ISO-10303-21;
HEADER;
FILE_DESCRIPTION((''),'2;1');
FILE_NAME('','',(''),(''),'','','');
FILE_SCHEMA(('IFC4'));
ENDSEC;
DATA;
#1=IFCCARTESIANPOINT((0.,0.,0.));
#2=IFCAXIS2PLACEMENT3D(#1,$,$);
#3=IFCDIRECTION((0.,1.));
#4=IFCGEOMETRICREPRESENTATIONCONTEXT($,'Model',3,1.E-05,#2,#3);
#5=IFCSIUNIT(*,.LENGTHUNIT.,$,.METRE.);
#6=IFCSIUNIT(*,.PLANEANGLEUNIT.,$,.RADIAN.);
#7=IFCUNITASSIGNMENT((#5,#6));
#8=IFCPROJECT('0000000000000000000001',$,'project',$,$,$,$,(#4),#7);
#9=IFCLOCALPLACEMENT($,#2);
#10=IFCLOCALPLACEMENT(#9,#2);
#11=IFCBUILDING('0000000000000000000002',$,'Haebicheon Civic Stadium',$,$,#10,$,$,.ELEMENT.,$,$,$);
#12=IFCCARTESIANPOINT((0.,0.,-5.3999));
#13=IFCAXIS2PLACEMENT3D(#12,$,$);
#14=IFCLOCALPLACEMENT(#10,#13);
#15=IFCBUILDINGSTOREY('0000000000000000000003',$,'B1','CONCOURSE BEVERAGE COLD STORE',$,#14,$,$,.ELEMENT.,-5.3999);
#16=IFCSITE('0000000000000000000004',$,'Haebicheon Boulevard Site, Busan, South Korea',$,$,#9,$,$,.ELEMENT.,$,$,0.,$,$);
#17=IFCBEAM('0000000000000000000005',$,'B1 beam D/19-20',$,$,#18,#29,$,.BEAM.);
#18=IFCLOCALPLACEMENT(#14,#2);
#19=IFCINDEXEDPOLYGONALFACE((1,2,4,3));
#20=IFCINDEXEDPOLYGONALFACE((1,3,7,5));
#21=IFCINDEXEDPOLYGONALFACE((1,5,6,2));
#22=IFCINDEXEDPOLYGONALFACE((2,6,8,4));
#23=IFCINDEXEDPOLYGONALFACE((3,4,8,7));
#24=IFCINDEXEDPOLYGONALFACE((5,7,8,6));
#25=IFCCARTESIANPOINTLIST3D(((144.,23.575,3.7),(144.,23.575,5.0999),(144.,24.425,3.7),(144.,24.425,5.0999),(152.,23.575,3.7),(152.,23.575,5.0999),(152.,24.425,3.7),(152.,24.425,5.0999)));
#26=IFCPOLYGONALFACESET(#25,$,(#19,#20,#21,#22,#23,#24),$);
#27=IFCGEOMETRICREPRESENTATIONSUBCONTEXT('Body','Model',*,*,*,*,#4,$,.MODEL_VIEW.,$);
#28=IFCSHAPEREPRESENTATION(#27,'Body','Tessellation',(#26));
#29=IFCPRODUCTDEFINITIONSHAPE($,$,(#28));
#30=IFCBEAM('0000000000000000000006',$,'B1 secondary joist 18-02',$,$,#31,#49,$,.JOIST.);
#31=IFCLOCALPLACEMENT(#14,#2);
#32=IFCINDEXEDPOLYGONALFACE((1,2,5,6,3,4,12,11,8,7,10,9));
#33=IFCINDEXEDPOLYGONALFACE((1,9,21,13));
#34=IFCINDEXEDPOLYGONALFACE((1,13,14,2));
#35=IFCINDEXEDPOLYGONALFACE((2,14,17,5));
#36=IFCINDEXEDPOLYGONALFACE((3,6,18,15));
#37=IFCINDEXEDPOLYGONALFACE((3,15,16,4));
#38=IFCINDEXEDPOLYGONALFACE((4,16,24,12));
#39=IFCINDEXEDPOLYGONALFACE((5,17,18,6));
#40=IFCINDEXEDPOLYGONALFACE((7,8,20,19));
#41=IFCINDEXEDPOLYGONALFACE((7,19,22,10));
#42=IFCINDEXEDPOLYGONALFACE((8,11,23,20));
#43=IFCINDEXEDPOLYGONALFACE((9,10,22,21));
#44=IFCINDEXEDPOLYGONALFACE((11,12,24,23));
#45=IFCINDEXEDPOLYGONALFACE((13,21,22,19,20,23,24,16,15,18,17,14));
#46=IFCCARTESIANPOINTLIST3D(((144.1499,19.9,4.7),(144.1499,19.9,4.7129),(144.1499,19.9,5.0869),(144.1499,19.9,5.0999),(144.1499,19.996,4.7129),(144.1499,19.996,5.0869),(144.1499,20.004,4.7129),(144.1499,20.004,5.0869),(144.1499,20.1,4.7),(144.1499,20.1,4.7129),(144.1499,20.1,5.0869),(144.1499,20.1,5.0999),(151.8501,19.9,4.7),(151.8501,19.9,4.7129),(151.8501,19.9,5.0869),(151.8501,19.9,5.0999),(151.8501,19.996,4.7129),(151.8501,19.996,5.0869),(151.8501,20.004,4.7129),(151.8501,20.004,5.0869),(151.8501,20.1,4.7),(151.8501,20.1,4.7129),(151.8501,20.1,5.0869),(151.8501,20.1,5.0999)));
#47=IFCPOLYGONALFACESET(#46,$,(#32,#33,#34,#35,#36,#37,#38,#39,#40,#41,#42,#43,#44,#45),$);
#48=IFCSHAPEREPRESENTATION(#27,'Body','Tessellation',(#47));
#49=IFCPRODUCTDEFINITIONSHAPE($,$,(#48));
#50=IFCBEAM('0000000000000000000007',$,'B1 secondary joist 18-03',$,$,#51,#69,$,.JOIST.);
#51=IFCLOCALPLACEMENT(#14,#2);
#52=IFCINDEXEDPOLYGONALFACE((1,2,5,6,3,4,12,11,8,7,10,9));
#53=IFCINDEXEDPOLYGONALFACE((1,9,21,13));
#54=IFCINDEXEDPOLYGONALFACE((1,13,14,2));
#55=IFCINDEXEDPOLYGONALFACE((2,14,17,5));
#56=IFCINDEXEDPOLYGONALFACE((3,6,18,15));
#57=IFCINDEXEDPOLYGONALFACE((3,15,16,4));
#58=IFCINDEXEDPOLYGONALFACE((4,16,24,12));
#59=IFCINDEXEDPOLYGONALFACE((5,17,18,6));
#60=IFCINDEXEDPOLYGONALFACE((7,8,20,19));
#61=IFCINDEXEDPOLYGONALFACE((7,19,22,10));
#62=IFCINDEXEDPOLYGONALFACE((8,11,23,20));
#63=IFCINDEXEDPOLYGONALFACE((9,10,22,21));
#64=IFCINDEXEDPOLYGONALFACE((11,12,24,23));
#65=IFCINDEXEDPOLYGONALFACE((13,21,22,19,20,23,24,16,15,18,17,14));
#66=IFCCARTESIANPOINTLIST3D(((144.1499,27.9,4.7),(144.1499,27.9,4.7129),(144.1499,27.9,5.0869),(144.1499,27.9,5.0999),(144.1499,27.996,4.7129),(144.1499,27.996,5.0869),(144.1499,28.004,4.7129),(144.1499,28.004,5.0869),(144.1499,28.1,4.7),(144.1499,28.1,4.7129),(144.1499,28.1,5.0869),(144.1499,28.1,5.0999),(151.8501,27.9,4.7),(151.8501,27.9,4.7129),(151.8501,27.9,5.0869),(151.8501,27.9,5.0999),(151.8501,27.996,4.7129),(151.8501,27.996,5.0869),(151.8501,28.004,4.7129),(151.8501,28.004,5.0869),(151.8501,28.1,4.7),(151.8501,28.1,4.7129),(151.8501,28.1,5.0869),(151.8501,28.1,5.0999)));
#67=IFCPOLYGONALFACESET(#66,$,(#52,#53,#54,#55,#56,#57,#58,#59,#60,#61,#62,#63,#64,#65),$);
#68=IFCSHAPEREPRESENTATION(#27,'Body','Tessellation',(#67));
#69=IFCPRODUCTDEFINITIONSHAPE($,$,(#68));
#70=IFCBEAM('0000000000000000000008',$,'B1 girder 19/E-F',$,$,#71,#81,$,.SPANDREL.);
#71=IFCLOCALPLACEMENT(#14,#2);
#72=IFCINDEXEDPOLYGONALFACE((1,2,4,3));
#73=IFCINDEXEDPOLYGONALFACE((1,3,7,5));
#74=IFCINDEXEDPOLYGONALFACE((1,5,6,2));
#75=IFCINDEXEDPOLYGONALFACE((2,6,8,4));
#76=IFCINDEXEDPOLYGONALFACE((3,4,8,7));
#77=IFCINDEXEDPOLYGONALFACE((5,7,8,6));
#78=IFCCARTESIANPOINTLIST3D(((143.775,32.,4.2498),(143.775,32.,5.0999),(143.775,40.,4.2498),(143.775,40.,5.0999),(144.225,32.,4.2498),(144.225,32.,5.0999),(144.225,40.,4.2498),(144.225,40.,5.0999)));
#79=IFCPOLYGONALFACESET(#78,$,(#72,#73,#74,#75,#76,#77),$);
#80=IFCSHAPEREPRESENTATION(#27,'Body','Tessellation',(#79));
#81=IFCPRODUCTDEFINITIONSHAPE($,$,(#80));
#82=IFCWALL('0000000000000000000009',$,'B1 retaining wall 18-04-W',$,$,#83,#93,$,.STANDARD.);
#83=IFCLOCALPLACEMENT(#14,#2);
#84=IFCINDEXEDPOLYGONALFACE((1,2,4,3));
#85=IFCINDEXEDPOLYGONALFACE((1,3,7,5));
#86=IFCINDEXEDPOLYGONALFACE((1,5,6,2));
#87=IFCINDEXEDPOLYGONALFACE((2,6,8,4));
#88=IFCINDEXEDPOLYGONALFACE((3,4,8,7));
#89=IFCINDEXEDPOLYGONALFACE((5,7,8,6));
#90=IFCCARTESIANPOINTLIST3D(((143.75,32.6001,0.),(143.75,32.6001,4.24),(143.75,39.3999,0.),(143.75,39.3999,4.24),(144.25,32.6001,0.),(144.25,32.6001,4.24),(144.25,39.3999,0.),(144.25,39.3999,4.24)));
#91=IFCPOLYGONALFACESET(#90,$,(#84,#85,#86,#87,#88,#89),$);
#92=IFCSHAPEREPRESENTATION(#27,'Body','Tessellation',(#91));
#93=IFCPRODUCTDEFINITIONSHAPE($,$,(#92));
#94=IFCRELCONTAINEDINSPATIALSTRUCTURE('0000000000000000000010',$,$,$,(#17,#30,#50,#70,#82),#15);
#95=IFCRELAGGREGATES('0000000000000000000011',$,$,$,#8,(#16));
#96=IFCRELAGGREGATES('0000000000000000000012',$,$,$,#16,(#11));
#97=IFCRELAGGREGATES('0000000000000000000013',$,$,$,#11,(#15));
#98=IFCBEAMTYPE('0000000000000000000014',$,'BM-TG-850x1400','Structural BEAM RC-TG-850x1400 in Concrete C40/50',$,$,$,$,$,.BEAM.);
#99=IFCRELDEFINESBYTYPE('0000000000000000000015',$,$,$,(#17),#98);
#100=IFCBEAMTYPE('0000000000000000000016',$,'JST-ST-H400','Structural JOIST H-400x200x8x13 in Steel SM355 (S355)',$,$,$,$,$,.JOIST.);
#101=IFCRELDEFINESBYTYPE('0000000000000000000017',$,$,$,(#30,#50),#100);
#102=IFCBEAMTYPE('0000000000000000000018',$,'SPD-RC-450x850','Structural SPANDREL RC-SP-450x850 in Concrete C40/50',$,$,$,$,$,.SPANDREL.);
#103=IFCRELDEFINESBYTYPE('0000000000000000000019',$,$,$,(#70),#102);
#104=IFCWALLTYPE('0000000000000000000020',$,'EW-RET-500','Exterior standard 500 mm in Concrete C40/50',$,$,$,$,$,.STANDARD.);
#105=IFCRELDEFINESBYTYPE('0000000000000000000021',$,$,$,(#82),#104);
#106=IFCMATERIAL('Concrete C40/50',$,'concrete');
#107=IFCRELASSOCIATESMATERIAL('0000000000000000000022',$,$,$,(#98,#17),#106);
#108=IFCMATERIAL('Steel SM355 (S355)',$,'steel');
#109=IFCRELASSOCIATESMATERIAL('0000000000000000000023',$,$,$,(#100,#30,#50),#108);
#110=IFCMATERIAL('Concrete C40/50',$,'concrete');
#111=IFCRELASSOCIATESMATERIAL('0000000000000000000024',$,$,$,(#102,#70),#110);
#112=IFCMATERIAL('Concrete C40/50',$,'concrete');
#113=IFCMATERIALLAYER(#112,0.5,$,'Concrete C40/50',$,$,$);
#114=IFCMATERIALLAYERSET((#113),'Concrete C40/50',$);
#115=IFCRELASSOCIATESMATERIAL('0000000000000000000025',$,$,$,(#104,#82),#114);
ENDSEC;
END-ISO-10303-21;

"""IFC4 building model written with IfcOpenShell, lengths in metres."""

from ifc_helpers import new_model, si_unit, direction, frame, frame_2d, origin, origin_2d, place, context, subcontext, project, spatial, rectangle, i_section, extrude, material, layer, layer_set, material_profile, profile_set, type_object, element, save


model = new_model("IFC4")

# Units and contexts
model_context = context("Model", 3, precision=1e-05, world=origin(), true_north=direction((0.0, 1.0)))
body_context = subcontext(model_context, "Body", "Model", "MODEL_VIEW")
ifc_project = project(units=[si_unit("LENGTHUNIT", "METRE"), si_unit("PLANEANGLEUNIT", "RADIAN")], contexts=[model_context])

# Site, building, storey
site_placement = place(None, origin())
site = spatial("IfcSite", under=ifc_project, at=site_placement, Name="Haebicheon Boulevard Site, Busan, South Korea", CompositionType="ELEMENT", RefElevation=0.0)
building_placement = place(site_placement, origin())
building = spatial("IfcBuilding", under=site, at=building_placement, Name="Haebicheon Civic Stadium", CompositionType="ELEMENT")
storey_placement = place(building_placement, frame((0.0, 0.0, -5.3999)))
storey = spatial("IfcBuildingStorey", under=building, at=storey_placement, Name="B1", Description="CONCOURSE BEVERAGE COLD STORE", CompositionType="ELEMENT", Elevation=-5.3999)

# Beams
ifc_material_1 = material(Name="Concrete C40/50", Category="concrete")
ifc_material_profile_1 = material_profile(ifc_material_1, rectangle(XDim=0.8501, YDim=1.3999, at=origin_2d()), Name="RC-TG-850x1400")
ifc_profile_set_1 = profile_set([ifc_material_profile_1], Name="Concrete C40/50")
beam_type_1 = type_object("IfcBeamType", Name="BM-TG-850x1400", Description="Structural BEAM RC-TG-850x1400 in Concrete C40/50", PredefinedType="BEAM", material=ifc_profile_set_1)
beam_1_placement = place(storey_placement, frame((144.0, 24.0, 4.3999), z_axis=(1.0, 0.0, 0.0), x_axis=(0.0, 1.0, 0.0)))
element("IfcBeam", 1, at=beam_1_placement, inside=storey, type_object=beam_type_1, material=ifc_profile_set_1, Name="B1 beam D/19-20", PredefinedType="BEAM", context=body_context, shape_type="SweptSolid", body=[
    extrude(rectangle(XDim=0.8501, YDim=1.3999, at=origin_2d()), origin(), (0.0, 0.0, 1.0), 8.0),
])
ifc_material_2 = material(Name="Steel SM355 (S355)", Category="steel")
ifc_material_profile_2 = material_profile(ifc_material_2, i_section(OverallWidth=0.2, OverallDepth=0.3999, WebThickness=0.0081, FlangeThickness=0.0129, at=origin_2d()), Name="H-400x200x8x13")
ifc_profile_set_2 = profile_set([ifc_material_profile_2], Name="Steel SM355 (S355)")
beam_type_2 = type_object("IfcBeamType", Name="JST-ST-H400", Description="Structural JOIST H-400x200x8x13 in Steel SM355 (S355)", PredefinedType="JOIST", material=ifc_profile_set_2)
for number, where, z_axis, x_axis, name in (
    (2, (144.1499, 20.0, 4.8999), (1.0, 0.0, 0.0), (0.0, 1.0, 0.0), "B1 secondary joist 18-02"),
    (3, (144.1499, 28.0, 4.8999), (1.0, 0.0, 0.0), (0.0, 1.0, 0.0), "B1 secondary joist 18-03"),
):
    element("IfcBeam", number, at=place(storey_placement, frame(where, z_axis=z_axis, x_axis=x_axis)), inside=storey, type_object=beam_type_2, material=ifc_profile_set_2, Name=name, PredefinedType="JOIST", context=body_context, shape_type="SweptSolid", body=[
        extrude(i_section(OverallWidth=0.2, OverallDepth=0.3999, WebThickness=0.0081, FlangeThickness=0.0129, at=origin_2d()), origin(), (0.0, 0.0, 1.0), 7.7002),
    ])
ifc_material_3 = material(Name="Concrete C40/50", Category="concrete")
ifc_material_profile_3 = material_profile(ifc_material_3, rectangle(XDim=0.45, YDim=0.8501, at=origin_2d()), Name="RC-SP-450x850")
ifc_profile_set_3 = profile_set([ifc_material_profile_3], Name="Concrete C40/50")
beam_type_3 = type_object("IfcBeamType", Name="SPD-RC-450x850", Description="Structural SPANDREL RC-SP-450x850 in Concrete C40/50", PredefinedType="SPANDREL", material=ifc_profile_set_3)
beam_2_placement = place(storey_placement, frame((144.0, 32.0, 4.6748), z_axis=(0.0, 1.0, 0.0), x_axis=(-1.0, 0.0, 0.0)))
element("IfcBeam", 4, at=beam_2_placement, inside=storey, type_object=beam_type_3, material=ifc_profile_set_3, Name="B1 girder 19/E-F", PredefinedType="SPANDREL", context=body_context, shape_type="SweptSolid", body=[
    extrude(rectangle(XDim=0.45, YDim=0.8501, at=origin_2d()), origin(), (0.0, 0.0, 1.0), 8.0),
])

# Wall
ifc_material_4 = material(Name="Concrete C40/50", Category="concrete")
ifc_layer_1 = layer(ifc_material_4, 0.5, Name="Concrete C40/50")
ifc_layer_set_1 = layer_set([ifc_layer_1], Name="Concrete C40/50")
wall_type = type_object("IfcWallType", Name="EW-RET-500", Description="Exterior standard 500 mm in Concrete C40/50", PredefinedType="STANDARD", material=ifc_layer_set_1)
wall_placement = place(storey_placement, frame((144.0, 32.6001, 0.0), z_axis=(0.0, 0.0, 1.0), x_axis=(0.0, 1.0, 0.0)))
element("IfcWall", 5, at=wall_placement, inside=storey, type_object=wall_type, material=ifc_layer_set_1, Name="B1 retaining wall 18-04-W", PredefinedType="STANDARD", context=body_context, shape_type="SweptSolid", body=[
    extrude(rectangle(XDim=6.7998, YDim=0.5, at=frame_2d((3.3999, 0.0))), origin(), (0.0, 0.0, 1.0), 4.24),
])

save(model, "model.ifc")
